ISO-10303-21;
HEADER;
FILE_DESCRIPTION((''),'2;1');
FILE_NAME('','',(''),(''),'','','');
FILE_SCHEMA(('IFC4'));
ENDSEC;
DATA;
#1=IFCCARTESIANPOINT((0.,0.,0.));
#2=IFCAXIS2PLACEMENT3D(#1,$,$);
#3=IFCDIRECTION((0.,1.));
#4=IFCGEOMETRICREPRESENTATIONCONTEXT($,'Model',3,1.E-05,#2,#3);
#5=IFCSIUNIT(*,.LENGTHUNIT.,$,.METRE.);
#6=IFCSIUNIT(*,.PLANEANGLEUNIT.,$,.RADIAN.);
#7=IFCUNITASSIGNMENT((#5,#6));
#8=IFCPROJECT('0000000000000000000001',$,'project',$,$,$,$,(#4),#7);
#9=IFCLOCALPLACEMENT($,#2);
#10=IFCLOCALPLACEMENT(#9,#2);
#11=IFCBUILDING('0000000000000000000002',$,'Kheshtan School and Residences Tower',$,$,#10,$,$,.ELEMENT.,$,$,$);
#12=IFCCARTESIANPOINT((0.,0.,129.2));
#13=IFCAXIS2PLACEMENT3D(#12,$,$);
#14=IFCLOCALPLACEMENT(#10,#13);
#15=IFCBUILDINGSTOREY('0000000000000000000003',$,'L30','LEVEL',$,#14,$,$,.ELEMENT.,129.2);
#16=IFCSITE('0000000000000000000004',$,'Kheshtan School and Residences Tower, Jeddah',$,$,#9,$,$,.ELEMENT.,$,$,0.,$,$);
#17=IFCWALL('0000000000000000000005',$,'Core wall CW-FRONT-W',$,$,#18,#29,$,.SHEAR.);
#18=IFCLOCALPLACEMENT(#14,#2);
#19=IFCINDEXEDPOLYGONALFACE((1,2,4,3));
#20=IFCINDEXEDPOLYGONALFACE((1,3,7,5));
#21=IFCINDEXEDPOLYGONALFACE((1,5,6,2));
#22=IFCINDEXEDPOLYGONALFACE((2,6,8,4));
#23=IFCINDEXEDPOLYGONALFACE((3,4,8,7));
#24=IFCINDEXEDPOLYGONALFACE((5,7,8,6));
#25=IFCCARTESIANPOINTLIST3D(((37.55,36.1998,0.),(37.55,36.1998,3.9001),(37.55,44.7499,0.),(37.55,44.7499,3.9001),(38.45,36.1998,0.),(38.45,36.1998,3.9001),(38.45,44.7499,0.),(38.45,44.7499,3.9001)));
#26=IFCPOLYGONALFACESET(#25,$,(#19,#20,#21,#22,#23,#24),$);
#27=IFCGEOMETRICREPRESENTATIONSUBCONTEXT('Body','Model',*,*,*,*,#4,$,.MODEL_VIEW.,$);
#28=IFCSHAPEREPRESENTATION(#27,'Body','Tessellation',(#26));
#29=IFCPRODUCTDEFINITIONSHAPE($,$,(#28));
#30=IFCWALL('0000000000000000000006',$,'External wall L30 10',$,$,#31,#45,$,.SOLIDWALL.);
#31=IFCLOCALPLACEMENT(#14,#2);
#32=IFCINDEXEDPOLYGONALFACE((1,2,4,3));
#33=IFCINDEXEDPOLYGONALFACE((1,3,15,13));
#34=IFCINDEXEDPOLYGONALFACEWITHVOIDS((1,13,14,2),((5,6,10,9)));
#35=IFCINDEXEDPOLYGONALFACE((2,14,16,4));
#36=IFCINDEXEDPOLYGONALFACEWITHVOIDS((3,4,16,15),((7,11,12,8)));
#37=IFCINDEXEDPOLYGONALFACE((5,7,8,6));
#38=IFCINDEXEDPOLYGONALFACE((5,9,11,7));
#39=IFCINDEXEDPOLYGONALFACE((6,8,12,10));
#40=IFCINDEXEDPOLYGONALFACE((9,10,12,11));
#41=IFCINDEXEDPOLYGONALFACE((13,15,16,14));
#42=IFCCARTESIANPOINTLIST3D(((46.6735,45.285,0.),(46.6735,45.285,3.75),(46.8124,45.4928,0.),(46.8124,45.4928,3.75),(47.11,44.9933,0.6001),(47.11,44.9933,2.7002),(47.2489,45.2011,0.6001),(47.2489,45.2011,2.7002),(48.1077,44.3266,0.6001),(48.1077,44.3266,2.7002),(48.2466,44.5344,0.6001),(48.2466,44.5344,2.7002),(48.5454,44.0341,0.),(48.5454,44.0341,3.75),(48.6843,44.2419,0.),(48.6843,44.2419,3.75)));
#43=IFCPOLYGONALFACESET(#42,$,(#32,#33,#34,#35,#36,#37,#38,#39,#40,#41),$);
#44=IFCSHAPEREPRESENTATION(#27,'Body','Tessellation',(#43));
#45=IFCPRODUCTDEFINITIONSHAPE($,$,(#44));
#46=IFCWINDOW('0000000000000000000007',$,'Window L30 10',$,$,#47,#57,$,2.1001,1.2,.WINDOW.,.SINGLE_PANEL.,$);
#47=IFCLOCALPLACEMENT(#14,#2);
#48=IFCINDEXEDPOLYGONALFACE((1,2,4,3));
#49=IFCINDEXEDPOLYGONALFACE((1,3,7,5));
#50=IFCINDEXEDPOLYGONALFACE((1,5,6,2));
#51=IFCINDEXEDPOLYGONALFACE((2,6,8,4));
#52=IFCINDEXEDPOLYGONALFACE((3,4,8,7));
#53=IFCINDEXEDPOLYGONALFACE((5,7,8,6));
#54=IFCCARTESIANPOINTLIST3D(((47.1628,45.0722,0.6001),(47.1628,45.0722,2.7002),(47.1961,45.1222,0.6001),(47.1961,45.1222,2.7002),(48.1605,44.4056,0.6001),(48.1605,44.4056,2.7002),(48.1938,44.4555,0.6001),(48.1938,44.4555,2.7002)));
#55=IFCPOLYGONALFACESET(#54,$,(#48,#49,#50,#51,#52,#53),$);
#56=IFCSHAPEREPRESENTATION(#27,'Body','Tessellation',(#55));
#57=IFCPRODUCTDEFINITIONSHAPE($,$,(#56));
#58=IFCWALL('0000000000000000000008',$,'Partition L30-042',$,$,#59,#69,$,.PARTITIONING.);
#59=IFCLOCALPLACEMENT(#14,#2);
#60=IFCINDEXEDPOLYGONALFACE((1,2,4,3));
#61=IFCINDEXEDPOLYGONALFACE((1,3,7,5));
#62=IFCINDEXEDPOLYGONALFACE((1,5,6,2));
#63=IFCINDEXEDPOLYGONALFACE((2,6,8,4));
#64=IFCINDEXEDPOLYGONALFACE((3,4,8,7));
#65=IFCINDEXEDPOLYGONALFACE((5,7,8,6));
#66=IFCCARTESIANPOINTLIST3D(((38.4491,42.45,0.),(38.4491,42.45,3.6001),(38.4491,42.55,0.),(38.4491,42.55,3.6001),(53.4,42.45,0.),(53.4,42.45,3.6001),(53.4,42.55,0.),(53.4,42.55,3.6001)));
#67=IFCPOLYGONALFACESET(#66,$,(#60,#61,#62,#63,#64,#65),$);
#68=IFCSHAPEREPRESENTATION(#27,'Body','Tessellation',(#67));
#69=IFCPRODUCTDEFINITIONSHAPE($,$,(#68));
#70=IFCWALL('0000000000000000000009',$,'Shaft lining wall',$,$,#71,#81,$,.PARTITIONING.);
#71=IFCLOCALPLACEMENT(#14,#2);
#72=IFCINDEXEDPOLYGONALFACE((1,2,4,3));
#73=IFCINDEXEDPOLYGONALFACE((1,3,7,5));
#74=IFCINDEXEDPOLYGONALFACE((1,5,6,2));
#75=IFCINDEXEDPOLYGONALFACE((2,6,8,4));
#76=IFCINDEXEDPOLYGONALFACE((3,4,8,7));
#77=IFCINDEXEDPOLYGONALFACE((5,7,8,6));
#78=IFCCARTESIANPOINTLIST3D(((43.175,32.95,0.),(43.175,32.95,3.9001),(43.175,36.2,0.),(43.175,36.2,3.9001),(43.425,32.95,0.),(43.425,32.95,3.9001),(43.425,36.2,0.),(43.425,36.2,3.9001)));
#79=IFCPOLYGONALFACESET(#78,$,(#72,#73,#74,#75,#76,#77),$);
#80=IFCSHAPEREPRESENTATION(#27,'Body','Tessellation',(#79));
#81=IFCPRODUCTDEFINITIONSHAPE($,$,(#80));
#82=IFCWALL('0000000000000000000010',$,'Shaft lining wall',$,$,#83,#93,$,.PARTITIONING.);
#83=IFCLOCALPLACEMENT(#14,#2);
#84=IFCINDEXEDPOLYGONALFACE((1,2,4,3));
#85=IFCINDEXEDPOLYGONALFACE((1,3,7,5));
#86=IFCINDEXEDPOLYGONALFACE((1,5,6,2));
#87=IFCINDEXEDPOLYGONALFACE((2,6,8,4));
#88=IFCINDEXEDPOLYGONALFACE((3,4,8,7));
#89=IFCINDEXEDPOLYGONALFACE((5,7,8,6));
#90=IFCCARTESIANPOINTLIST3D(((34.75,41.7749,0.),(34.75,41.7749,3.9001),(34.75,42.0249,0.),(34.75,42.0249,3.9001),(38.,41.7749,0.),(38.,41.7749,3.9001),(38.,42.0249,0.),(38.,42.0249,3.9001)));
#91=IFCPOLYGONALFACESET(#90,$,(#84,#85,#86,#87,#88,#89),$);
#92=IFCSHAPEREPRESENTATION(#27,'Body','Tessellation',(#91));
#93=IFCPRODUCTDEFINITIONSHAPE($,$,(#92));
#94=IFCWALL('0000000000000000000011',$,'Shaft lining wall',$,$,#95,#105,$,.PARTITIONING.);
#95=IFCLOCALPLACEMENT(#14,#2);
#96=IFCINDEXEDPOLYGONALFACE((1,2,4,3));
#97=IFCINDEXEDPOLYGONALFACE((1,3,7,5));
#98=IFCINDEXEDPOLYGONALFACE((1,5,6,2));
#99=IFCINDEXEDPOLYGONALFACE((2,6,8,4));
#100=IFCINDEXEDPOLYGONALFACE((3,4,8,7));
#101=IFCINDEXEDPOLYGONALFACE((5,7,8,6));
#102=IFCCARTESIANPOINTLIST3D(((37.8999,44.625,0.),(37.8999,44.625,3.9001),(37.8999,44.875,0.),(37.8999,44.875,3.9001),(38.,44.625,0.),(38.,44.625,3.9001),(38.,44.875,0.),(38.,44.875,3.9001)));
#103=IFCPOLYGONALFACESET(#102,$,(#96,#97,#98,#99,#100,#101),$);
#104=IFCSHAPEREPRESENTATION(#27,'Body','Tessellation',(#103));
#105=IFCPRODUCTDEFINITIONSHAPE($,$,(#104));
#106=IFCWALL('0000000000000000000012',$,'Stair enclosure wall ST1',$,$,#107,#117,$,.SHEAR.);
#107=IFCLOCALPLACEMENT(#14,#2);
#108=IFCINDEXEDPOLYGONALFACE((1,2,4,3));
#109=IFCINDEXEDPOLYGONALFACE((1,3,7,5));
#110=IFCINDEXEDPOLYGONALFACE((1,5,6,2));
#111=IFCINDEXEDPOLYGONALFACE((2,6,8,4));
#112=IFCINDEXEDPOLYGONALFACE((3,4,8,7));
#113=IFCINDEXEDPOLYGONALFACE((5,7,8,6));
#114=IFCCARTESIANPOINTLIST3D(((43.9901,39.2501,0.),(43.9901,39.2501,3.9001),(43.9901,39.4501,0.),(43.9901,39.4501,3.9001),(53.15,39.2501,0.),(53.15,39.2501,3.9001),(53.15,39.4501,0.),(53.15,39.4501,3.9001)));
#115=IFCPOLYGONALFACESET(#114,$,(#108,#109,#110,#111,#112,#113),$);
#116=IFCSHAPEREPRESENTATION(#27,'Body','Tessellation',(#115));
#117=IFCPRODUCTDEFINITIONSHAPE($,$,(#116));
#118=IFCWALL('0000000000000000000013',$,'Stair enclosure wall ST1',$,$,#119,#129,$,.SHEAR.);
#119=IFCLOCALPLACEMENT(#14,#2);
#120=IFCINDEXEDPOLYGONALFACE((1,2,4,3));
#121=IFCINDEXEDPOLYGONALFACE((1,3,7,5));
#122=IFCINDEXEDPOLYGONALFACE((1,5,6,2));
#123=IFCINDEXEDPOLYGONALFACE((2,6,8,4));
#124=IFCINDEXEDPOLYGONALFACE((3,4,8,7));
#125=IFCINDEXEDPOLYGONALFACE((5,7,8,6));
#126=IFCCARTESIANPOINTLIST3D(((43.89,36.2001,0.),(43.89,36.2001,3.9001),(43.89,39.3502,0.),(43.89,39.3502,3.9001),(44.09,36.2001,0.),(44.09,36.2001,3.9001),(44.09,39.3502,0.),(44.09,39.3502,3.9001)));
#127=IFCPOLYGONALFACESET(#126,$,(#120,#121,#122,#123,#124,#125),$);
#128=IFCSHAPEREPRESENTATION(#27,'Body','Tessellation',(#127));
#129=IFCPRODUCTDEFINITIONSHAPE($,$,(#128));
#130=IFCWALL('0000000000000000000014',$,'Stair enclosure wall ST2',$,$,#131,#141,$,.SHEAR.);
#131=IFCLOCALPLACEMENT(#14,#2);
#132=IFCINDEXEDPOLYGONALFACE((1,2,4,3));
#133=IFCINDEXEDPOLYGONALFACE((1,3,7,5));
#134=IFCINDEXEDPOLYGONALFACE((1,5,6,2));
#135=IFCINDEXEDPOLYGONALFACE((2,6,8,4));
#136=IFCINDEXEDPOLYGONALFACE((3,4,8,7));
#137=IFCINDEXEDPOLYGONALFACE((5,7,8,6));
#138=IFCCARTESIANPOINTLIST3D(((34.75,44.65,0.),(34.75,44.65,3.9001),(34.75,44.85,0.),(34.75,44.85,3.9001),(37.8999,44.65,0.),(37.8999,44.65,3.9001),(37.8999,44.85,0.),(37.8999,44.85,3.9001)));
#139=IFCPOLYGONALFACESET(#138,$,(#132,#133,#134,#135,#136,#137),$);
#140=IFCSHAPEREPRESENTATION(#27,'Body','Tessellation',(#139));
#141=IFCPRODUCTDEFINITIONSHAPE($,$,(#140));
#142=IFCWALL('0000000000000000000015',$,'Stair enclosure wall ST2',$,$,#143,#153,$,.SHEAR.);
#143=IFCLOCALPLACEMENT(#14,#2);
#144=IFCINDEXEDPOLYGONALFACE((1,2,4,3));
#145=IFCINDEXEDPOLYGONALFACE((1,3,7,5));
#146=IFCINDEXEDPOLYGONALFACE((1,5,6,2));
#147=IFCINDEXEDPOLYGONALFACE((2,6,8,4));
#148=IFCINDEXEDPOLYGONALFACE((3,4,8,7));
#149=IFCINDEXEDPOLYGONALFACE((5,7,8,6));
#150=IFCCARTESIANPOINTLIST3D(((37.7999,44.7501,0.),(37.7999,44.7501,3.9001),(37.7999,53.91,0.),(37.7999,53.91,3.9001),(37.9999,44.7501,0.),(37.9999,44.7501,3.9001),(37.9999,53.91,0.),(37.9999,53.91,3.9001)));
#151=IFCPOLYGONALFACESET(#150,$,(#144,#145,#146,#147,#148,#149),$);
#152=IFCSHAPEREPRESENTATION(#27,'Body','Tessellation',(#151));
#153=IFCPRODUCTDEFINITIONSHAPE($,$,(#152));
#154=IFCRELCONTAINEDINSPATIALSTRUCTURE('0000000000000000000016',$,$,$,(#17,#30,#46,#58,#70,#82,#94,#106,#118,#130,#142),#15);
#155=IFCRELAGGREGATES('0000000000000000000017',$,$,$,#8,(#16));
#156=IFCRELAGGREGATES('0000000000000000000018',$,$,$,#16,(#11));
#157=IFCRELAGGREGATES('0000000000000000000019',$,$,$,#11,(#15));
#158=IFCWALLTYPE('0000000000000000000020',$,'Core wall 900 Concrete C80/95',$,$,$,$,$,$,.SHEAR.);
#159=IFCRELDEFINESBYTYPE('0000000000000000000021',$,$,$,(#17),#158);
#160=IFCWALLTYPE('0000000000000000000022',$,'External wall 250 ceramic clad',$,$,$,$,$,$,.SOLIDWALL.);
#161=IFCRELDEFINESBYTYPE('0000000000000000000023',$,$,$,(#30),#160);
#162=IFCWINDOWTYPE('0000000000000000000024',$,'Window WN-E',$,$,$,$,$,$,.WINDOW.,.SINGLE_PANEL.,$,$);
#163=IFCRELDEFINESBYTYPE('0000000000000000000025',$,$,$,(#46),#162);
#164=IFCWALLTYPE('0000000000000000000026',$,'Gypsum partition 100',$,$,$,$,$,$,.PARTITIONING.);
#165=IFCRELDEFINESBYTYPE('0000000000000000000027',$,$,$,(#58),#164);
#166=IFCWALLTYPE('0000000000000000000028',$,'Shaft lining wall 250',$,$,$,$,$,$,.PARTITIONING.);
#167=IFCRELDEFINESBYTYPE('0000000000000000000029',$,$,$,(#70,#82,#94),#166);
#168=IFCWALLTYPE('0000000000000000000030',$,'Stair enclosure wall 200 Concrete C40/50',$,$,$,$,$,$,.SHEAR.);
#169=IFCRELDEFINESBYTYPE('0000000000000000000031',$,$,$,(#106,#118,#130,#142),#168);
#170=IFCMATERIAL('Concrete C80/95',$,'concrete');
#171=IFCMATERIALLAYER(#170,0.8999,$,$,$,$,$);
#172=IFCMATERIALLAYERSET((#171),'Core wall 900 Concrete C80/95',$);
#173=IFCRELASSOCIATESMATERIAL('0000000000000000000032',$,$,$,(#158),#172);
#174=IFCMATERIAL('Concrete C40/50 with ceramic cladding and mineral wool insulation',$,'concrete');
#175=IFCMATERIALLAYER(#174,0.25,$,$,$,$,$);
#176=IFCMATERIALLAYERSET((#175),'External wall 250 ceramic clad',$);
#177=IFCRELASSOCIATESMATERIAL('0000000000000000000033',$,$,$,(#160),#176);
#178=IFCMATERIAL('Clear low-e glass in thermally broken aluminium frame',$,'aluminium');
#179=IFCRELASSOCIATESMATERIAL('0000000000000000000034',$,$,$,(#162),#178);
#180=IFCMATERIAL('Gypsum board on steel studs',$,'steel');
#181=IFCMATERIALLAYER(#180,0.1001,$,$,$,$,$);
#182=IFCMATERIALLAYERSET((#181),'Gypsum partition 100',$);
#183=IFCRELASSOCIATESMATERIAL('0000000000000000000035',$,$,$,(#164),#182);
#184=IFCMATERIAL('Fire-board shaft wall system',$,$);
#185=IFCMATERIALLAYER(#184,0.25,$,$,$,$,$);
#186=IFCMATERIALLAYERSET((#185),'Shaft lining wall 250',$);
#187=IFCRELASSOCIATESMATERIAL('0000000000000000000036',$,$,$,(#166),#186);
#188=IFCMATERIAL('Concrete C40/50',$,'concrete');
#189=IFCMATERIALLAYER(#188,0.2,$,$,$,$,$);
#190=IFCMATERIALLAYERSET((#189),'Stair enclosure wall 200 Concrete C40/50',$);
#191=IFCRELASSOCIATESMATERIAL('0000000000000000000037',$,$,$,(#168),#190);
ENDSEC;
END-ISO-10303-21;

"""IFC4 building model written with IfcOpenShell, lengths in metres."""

from ifc_helpers import new_model, si_unit, direction, frame, frame_2d, origin, place, context, subcontext, project, spatial, rectangle, extrude, source, transform, mapped, material, layer, layer_set, type_object, element, fill, save


model = new_model("IFC4")

# Units and contexts
model_context = context("Model", 3, precision=1e-05, world=origin(), true_north=direction((0.0, 1.0)))
body_context = subcontext(model_context, "Body", "Model", "MODEL_VIEW")
ifc_project = project(units=[si_unit("LENGTHUNIT", "METRE"), si_unit("PLANEANGLEUNIT", "RADIAN")], contexts=[model_context])

# Site, building, storey
site_placement = place(None, origin())
site = spatial("IfcSite", under=ifc_project, at=site_placement, Name="Kheshtan School and Residences Tower, Jeddah", CompositionType="ELEMENT", RefElevation=0.0)
building_placement = place(site_placement, origin())
building = spatial("IfcBuilding", under=site, at=building_placement, Name="Kheshtan School and Residences Tower", CompositionType="ELEMENT")
storey_placement = place(building_placement, frame((0.0, 0.0, 129.2)))
storey = spatial("IfcBuildingStorey", under=building, at=storey_placement, Name="L30", Description="LEVEL", CompositionType="ELEMENT", Elevation=129.2)

# Shared definitions
ifc_material_1 = material(Name="Concrete C80/95", Category="concrete")
ifc_layer_1 = layer(ifc_material_1, 0.8999)
ifc_layer_set_1 = layer_set([ifc_layer_1], Name="Core wall 900 Concrete C80/95")
wall_type_1 = type_object("IfcWallType", Name="Core wall 900 Concrete C80/95", PredefinedType="SHEAR", material=ifc_layer_set_1)

# Wall
wall_1_placement = place(storey_placement, frame((38.0, 36.2, 0.0), z_axis=(0.0, 0.0, 1.0), x_axis=(0.0, 1.0, 0.0)))
element("IfcWall", 1, at=wall_1_placement, inside=storey, type_object=wall_type_1, Name="Core wall CW-FRONT-W", PredefinedType="SHEAR", context=body_context, shape_type="SweptSolid", body=[
    extrude(rectangle(XDim=8.55, YDim=0.8999, at=frame_2d((4.2749, 0.0))), origin(), (0.0, 0.0, 1.0), 3.9001),
])

# Wall, opening, window
ifc_material_2 = material(Name="Concrete C40/50 with ceramic cladding and mineral wool insulation", Category="concrete")
ifc_layer_2 = layer(ifc_material_2, 0.25)
ifc_layer_set_2 = layer_set([ifc_layer_2], Name="External wall 250 ceramic clad")
wall_type_2 = type_object("IfcWallType", Name="External wall 250 ceramic clad", PredefinedType="SOLIDWALL", material=ifc_layer_set_2)
wall_2_placement = place(storey_placement, frame((46.7429, 45.3889, 0.0), z_axis=(0.0, 0.0, 1.0), x_axis=(0.831449, -0.555601, 0.0)))
wall_2 = element("IfcWall", 2, at=wall_2_placement, inside=storey, type_object=wall_type_2, Name="External wall L30 10", PredefinedType="SOLIDWALL", context=body_context, shape_type="SweptSolid", body=[
    extrude(rectangle(XDim=2.2515, YDim=0.25, at=frame_2d((1.1257, 0.0))), origin(), (0.0, 0.0, 1.0), 3.75),
])
opening_1_placement = place(wall_2_placement, frame((0.5249, 0.0, 0.6001)))
opening_1 = element("IfcOpeningElement", 3, at=opening_1_placement, cuts=wall_2, PredefinedType="OPENING", context=body_context, shape_type="SweptSolid", body=[
    extrude(rectangle(XDim=1.2, YDim=2.1001, at=frame_2d((0.6001, 1.05))), frame((0.0, 0.135, 0.0), z_axis=(0.0, -1.0, 0.0), x_axis=(1.0, 0.0, 0.0)), (0.0, 0.0, 1.0), 0.27),
])
ifc_material_3 = material(Name="Clear low-e glass in thermally broken aluminium frame", Category="aluminium")
window_type = type_object("IfcWindowType", Name="Window WN-E", PartitioningType="SINGLE_PANEL", PredefinedType="WINDOW", material=ifc_material_3)
shared_shape_1 = source(origin(), body_context, "Body", "SweptSolid", [
    extrude(rectangle(XDim=1.2, YDim=2.1001, at=frame_2d((0.6001, 1.05))), frame((0.0, 0.03, 0.0), z_axis=(0.0, -1.0, 0.0), x_axis=(1.0, 0.0, 0.0)), (0.0, 0.0, 1.0), 0.0601),
])
window_placement = place(opening_1_placement, origin())
window = element("IfcWindow", 4, at=window_placement, inside=storey, type_object=window_type, Name="Window L30 10", OverallHeight=2.1001, OverallWidth=1.2, PartitioningType="SINGLE_PANEL", PredefinedType="WINDOW", context=body_context, shape_type="MappedRepresentation", body=[
    mapped(shared_shape_1, transform((0.0, 0.0, 0.0), x_axis=(1.0, 0.0, 0.0), y_axis=(0.0, 1.0, 0.0), z_axis=(0.0, 0.0, 1.0), scale=1.0)),
])
fill(opening_1, window)

# Walls
ifc_material_4 = material(Name="Gypsum board on steel studs", Category="steel")
ifc_layer_3 = layer(ifc_material_4, 0.1001)
ifc_layer_set_3 = layer_set([ifc_layer_3], Name="Gypsum partition 100")
wall_type_3 = type_object("IfcWallType", Name="Gypsum partition 100", PredefinedType="PARTITIONING", material=ifc_layer_set_3)
wall_3_placement = place(storey_placement, frame((38.449, 42.5, 0.0), z_axis=(0.0, 0.0, 1.0), x_axis=(1.0, 0.0, 0.0)))
element("IfcWall", 5, at=wall_3_placement, inside=storey, type_object=wall_type_3, Name="Partition L30-042", PredefinedType="PARTITIONING", context=body_context, shape_type="SweptSolid", body=[
    extrude(rectangle(XDim=14.9509, YDim=0.1001, at=frame_2d((7.4756, 0.0))), origin(), (0.0, 0.0, 1.0), 3.6001),
])
ifc_material_5 = material(Name="Fire-board shaft wall system")
ifc_layer_4 = layer(ifc_material_5, 0.25)
ifc_layer_set_4 = layer_set([ifc_layer_4], Name="Shaft lining wall 250")
wall_type_4 = type_object("IfcWallType", Name="Shaft lining wall 250", PredefinedType="PARTITIONING", material=ifc_layer_set_4)
for number, where, z_axis, x_axis, name in (
    (6, (43.3, 32.95, 0.0), (0.0, 0.0, 1.0), (0.0, 1.0, 0.0), "Shaft lining wall"),
    (7, (34.75, 41.8999, 0.0), (0.0, 0.0, 1.0), (1.0, 0.0, 0.0), "Shaft lining wall"),
):
    element("IfcWall", number, at=place(storey_placement, frame(where, z_axis=z_axis, x_axis=x_axis)), inside=storey, type_object=wall_type_4, Name=name, PredefinedType="PARTITIONING", context=body_context, shape_type="SweptSolid", body=[
        extrude(rectangle(XDim=3.25, YDim=0.25, at=frame_2d((1.625, 0.0))), origin(), (0.0, 0.0, 1.0), 3.9001),
    ])
wall_4_placement = place(storey_placement, frame((37.8999, 44.75, 0.0), z_axis=(0.0, 0.0, 1.0), x_axis=(1.0, 0.0, 0.0)))
element("IfcWall", 8, at=wall_4_placement, inside=storey, type_object=wall_type_4, Name="Shaft lining wall", PredefinedType="PARTITIONING", context=body_context, shape_type="SweptSolid", body=[
    extrude(rectangle(XDim=0.1001, YDim=0.25, at=frame_2d((0.05, 0.0))), origin(), (0.0, 0.0, 1.0), 3.9001),
])
ifc_material_6 = material(Name="Concrete C40/50", Category="concrete")
ifc_layer_5 = layer(ifc_material_6, 0.2)
ifc_layer_set_5 = layer_set([ifc_layer_5], Name="Stair enclosure wall 200 Concrete C40/50")
wall_type_5 = type_object("IfcWallType", Name="Stair enclosure wall 200 Concrete C40/50", PredefinedType="SHEAR", material=ifc_layer_set_5)
wall_5_placement = place(storey_placement, frame((43.99, 39.3501, 0.0), z_axis=(0.0, 0.0, 1.0), x_axis=(1.0, 0.0, 0.0)))
element("IfcWall", 9, at=wall_5_placement, inside=storey, type_object=wall_type_5, Name="Stair enclosure wall ST1", PredefinedType="SHEAR", context=body_context, shape_type="SweptSolid", body=[
    extrude(rectangle(XDim=9.1599, YDim=0.2, at=frame_2d((4.5801, 0.0))), origin(), (0.0, 0.0, 1.0), 3.9001),
])
wall_6_placement = place(storey_placement, frame((43.99, 36.2, 0.0), z_axis=(0.0, 0.0, 1.0), x_axis=(0.0, 1.0, 0.0)))
element("IfcWall", 10, at=wall_6_placement, inside=storey, type_object=wall_type_5, Name="Stair enclosure wall ST1", PredefinedType="SHEAR", context=body_context, shape_type="SweptSolid", body=[
    extrude(rectangle(XDim=3.1501, YDim=0.2, at=frame_2d((1.5752, 0.0))), origin(), (0.0, 0.0, 1.0), 3.9001),
])
wall_7_placement = place(storey_placement, frame((34.75, 44.75, 0.0), z_axis=(0.0, 0.0, 1.0), x_axis=(1.0, 0.0, 0.0)))
element("IfcWall", 11, at=wall_7_placement, inside=storey, type_object=wall_type_5, Name="Stair enclosure wall ST2", PredefinedType="SHEAR", context=body_context, shape_type="SweptSolid", body=[
    extrude(rectangle(XDim=3.1499, YDim=0.2, at=frame_2d((1.575, 0.0))), origin(), (0.0, 0.0, 1.0), 3.9001),
])
wall_8_placement = place(storey_placement, frame((37.8999, 44.75, 0.0), z_axis=(0.0, 0.0, 1.0), x_axis=(0.0, 1.0, 0.0)))
element("IfcWall", 12, at=wall_8_placement, inside=storey, type_object=wall_type_5, Name="Stair enclosure wall ST2", PredefinedType="SHEAR", context=body_context, shape_type="SweptSolid", body=[
    extrude(rectangle(XDim=9.1599, YDim=0.2, at=frame_2d((4.5801, 0.0))), origin(), (0.0, 0.0, 1.0), 3.9001),
])

save(model, "model.ifc")
